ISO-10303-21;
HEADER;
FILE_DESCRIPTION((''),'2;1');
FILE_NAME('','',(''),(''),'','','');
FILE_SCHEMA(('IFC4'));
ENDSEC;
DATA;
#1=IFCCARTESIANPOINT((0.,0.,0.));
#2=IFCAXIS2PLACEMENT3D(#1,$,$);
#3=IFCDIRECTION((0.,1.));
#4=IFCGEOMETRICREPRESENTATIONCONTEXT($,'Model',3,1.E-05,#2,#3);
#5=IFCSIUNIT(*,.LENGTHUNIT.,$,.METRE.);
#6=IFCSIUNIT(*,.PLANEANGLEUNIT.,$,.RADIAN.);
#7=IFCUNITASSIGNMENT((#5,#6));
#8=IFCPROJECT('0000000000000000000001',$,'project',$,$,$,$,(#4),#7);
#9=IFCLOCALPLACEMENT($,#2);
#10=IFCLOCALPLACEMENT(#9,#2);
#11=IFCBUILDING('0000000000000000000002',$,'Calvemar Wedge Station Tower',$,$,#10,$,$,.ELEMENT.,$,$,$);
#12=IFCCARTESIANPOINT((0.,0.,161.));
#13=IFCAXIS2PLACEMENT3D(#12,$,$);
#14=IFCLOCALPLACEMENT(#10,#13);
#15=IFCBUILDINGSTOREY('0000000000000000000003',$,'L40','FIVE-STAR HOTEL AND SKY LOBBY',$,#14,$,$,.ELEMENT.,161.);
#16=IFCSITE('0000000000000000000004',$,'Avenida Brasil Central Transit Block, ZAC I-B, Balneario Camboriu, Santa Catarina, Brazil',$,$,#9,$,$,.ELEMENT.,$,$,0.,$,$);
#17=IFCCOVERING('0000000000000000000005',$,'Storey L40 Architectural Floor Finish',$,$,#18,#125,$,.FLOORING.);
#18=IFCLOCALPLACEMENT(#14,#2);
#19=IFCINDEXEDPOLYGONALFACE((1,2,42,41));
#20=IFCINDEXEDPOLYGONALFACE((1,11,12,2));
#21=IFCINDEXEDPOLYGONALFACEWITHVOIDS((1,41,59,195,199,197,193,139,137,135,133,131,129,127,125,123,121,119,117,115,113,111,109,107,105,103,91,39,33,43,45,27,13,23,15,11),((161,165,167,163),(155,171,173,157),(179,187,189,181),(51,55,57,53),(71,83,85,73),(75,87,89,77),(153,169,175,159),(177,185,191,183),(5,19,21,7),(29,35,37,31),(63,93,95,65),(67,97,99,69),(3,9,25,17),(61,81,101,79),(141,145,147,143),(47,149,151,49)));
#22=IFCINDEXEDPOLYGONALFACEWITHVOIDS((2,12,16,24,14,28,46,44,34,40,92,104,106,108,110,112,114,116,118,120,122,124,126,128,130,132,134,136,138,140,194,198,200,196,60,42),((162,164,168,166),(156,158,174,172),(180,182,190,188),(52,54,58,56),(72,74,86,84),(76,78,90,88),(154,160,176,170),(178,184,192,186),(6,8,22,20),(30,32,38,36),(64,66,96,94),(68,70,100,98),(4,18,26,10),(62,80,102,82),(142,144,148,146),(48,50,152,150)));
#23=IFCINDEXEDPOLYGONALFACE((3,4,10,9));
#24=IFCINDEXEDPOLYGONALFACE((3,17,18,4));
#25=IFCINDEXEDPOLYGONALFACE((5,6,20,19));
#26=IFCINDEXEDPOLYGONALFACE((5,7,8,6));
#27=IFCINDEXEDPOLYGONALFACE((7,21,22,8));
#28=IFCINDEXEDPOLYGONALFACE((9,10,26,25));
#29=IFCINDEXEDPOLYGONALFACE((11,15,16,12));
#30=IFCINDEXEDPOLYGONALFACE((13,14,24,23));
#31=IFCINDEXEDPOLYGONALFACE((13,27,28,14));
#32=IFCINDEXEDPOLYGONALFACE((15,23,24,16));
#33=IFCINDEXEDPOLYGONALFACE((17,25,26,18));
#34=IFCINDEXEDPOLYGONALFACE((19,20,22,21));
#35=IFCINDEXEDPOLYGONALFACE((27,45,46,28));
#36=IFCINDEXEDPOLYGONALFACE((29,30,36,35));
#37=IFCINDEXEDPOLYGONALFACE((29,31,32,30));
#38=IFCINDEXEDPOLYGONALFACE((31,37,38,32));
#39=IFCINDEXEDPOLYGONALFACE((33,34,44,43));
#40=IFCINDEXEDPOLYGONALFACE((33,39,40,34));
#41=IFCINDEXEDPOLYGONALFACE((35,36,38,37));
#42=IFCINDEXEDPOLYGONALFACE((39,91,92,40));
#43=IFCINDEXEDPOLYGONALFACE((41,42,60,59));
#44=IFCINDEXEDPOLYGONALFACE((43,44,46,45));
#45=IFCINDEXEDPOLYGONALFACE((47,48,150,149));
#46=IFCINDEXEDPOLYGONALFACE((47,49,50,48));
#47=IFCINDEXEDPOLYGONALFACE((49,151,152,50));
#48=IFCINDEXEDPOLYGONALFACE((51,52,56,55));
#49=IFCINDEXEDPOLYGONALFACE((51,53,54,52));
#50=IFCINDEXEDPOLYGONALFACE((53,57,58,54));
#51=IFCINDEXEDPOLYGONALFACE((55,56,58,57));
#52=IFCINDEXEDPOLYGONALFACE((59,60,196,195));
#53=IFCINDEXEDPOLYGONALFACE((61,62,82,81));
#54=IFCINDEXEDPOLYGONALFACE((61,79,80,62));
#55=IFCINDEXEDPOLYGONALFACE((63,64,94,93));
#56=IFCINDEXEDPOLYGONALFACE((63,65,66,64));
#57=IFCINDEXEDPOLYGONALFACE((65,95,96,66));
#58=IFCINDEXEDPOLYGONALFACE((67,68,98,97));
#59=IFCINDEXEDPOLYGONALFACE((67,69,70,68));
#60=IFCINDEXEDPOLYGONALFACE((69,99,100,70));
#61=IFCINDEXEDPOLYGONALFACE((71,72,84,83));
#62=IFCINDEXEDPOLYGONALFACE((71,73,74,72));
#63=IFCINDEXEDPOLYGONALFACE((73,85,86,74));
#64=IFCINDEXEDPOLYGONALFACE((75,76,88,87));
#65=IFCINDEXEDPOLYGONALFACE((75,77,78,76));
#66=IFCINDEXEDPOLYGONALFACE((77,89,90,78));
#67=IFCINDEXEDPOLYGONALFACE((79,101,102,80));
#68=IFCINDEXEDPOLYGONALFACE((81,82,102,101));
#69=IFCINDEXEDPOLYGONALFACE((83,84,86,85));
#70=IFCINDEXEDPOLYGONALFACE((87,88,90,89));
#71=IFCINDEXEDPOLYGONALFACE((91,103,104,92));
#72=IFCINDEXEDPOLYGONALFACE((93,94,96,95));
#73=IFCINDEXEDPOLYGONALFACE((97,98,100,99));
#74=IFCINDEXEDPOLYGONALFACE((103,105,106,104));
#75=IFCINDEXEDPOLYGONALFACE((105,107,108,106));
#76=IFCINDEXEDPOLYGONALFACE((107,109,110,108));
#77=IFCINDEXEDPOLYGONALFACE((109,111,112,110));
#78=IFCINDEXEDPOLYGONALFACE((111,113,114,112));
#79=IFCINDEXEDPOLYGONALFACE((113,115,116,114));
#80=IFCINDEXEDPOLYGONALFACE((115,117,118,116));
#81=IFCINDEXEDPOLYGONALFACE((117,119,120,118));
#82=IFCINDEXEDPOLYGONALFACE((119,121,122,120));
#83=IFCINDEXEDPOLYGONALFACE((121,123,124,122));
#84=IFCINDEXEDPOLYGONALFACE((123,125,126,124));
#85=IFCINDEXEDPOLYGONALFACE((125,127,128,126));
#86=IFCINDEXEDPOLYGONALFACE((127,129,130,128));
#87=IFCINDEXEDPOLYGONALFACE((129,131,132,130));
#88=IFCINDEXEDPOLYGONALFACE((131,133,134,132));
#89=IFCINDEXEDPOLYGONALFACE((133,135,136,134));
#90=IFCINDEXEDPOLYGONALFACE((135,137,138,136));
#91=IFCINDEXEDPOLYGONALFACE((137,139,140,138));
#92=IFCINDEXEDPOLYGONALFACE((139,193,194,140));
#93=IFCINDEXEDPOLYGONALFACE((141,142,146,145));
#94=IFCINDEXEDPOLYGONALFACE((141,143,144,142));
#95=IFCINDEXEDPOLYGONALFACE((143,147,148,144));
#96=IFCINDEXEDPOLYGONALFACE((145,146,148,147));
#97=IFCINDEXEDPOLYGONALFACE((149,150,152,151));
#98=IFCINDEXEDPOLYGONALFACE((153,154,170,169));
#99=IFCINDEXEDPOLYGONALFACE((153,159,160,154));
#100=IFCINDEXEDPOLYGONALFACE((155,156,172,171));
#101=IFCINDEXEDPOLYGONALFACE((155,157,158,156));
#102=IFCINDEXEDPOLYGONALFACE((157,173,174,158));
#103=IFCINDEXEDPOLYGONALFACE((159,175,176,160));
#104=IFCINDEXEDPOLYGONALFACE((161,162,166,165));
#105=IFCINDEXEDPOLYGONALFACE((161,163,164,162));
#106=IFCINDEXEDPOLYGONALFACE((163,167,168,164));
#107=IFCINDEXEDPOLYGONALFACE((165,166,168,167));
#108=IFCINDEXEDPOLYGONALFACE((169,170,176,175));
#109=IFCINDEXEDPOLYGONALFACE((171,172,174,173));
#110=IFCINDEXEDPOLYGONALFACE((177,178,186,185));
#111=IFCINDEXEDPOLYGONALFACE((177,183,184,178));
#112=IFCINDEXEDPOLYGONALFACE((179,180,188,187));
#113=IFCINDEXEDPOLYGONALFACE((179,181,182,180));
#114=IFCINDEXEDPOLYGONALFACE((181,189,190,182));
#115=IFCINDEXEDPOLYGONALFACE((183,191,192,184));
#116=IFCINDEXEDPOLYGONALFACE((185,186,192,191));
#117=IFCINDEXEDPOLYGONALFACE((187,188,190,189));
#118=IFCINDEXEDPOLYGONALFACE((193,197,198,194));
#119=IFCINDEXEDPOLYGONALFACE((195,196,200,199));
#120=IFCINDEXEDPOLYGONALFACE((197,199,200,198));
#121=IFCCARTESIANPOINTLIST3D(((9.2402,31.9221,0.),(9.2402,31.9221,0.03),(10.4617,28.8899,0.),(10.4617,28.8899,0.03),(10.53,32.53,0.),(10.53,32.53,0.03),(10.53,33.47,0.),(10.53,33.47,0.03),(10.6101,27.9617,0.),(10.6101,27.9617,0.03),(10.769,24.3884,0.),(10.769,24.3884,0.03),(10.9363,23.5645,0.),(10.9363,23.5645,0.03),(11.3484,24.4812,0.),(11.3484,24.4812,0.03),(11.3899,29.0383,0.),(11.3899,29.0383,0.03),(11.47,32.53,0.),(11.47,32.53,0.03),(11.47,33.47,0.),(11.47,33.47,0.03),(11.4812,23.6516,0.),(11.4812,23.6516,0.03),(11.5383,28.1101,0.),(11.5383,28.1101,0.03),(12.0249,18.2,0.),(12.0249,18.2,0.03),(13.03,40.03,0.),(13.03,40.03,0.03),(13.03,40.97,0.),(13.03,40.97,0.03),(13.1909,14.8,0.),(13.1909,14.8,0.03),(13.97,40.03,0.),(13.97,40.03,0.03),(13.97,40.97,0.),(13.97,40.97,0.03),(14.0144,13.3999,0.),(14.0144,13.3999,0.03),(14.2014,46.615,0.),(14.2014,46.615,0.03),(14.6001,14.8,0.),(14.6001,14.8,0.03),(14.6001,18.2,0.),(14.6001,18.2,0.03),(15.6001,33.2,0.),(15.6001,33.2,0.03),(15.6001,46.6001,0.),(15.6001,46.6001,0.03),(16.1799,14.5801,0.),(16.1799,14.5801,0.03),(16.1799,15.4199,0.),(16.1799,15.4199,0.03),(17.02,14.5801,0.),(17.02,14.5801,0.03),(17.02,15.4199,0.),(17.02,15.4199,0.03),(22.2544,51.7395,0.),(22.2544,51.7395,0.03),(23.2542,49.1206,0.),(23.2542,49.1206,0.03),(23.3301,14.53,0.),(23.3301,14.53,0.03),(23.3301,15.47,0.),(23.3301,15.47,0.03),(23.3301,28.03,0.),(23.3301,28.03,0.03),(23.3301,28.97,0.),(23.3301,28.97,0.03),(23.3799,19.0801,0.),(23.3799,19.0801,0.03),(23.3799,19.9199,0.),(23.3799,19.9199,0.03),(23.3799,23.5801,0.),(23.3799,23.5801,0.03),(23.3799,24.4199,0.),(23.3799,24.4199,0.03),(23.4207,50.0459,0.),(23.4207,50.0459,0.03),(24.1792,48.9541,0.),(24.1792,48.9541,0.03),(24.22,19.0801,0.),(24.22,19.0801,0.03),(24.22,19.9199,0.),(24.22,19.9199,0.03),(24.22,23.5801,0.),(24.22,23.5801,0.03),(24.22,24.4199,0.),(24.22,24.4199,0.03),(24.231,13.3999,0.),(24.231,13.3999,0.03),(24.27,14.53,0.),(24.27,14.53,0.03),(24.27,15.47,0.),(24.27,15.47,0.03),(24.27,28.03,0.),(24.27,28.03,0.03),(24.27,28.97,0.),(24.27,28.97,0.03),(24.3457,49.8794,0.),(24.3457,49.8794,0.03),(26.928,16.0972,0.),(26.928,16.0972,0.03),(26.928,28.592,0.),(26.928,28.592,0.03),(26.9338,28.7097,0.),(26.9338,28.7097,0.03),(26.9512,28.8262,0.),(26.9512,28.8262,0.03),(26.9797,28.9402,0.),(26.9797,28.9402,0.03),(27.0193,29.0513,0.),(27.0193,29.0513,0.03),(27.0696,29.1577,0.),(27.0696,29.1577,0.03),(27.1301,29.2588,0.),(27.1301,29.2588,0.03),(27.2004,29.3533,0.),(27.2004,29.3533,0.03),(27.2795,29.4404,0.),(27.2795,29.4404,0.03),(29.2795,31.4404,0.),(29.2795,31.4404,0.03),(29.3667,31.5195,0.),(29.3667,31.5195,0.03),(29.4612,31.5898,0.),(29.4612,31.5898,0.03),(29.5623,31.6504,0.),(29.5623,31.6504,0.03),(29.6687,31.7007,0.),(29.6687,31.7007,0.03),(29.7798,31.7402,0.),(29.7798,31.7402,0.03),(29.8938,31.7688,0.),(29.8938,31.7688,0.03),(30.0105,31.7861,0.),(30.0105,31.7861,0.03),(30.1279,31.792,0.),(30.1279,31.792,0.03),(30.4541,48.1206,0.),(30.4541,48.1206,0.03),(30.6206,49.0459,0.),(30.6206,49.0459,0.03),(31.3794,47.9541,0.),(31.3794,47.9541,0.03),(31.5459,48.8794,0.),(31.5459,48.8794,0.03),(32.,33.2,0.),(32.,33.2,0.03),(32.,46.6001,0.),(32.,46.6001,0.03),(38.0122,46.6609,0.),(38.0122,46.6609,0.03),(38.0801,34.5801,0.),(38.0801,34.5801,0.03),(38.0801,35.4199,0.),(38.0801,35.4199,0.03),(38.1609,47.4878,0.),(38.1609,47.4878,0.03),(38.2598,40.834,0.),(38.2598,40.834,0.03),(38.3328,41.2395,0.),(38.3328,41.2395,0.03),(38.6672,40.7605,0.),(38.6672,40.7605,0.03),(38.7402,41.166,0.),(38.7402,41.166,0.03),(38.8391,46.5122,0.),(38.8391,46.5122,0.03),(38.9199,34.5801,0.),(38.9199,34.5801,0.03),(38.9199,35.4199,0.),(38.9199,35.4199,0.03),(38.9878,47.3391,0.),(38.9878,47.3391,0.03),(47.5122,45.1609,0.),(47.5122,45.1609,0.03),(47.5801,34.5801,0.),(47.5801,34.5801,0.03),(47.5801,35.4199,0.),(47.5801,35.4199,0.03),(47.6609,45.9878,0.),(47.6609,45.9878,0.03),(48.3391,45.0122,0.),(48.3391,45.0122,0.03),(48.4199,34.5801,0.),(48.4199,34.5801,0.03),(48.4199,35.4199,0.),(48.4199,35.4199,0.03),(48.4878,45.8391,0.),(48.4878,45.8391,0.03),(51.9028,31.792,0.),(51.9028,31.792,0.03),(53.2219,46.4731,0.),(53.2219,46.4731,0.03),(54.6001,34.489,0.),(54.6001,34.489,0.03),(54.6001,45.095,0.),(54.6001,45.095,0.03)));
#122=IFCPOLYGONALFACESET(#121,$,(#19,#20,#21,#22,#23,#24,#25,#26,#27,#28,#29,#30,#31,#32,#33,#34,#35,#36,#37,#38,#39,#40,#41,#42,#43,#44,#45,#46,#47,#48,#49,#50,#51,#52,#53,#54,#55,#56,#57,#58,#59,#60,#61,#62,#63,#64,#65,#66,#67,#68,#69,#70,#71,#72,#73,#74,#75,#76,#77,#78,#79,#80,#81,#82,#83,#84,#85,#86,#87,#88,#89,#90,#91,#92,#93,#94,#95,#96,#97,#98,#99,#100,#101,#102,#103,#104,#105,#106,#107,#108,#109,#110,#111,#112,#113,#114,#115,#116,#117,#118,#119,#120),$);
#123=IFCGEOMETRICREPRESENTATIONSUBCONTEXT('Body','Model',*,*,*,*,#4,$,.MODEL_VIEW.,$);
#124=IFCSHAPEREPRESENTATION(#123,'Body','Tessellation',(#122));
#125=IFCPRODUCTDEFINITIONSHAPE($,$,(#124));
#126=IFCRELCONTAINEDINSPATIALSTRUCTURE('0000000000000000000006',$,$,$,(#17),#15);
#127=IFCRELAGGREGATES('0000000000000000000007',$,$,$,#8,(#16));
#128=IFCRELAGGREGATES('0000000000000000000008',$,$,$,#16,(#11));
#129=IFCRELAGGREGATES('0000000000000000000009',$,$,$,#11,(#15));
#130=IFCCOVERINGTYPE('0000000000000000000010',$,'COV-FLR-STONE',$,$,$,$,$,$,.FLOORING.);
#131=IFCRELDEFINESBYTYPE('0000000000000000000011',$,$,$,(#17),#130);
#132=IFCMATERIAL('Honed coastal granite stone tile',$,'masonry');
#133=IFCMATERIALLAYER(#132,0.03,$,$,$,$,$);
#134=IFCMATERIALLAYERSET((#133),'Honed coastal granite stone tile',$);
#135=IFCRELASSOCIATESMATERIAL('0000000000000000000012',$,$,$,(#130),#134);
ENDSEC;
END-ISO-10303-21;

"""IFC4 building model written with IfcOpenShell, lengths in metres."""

from ifc_helpers import new_model, si_unit, direction, frame, origin, place, context, subcontext, project, spatial, polyline, outline, extrude, material, layer, layer_set, type_object, element, save


model = new_model("IFC4")

# Units and contexts
model_context = context("Model", 3, precision=1e-05, world=origin(), true_north=direction((0.0, 1.0)))
body_context = subcontext(model_context, "Body", "Model", "MODEL_VIEW")
ifc_project = project(units=[si_unit("LENGTHUNIT", "METRE"), si_unit("PLANEANGLEUNIT", "RADIAN")], contexts=[model_context])

# Site, building, storey
site_placement = place(None, origin())
site = spatial("IfcSite", under=ifc_project, at=site_placement, Name="Avenida Brasil Central Transit Block, ZAC I-B, Balneario Camboriu, Santa Catarina, Brazil", CompositionType="ELEMENT", RefElevation=0.0)
building_placement = place(site_placement, origin())
building = spatial("IfcBuilding", under=site, at=building_placement, Name="Calvemar Wedge Station Tower", CompositionType="ELEMENT")
storey_placement = place(building_placement, frame((0.0, 0.0, 161.0)))
storey = spatial("IfcBuildingStorey", under=building, at=storey_placement, Name="L40", Description="FIVE-STAR HOTEL AND SKY LOBBY", CompositionType="ELEMENT", Elevation=161.0)

# Covering
ifc_material_1 = material(Name="Honed coastal granite stone tile", Category="masonry")
ifc_layer_1 = layer(ifc_material_1, 0.03)
ifc_layer_set_1 = layer_set([ifc_layer_1], Name="Honed coastal granite stone tile")
covering_type_1 = type_object("IfcCoveringType", Name="COV-FLR-STONE", PredefinedType="FLOORING", material=ifc_layer_set_1)
covering_1_placement = place(storey_placement, origin())
element("IfcCovering", 1, at=covering_1_placement, inside=storey, type_object=covering_type_1, Name="Storey L40 Architectural Floor Finish", PredefinedType="FLOORING", context=body_context, shape_type="SweptSolid", body=[
    extrude(outline(polyline([(27.2795, 29.4404), (29.2795, 31.4404), (29.3667, 31.5195), (29.4612, 31.5898), (29.5623, 31.6504), (29.6687, 31.7007), (29.7798, 31.7402), (29.8938, 31.7688), (30.0105, 31.7861), (30.1279, 31.792), (51.9028, 31.792), (54.6001, 34.489), (54.6001, 45.095), (53.2219, 46.4731), (22.2544, 51.7395), (14.2014, 46.615), (9.2402, 31.9221), (10.769, 24.3884), (11.3484, 24.4812), (11.4812, 23.6516), (10.9363, 23.5645), (12.0249, 18.2), (14.6001, 18.2), (14.6001, 14.8), (13.1909, 14.8), (14.0144, 13.3999), (24.231, 13.3999), (26.928, 16.0972), (26.928, 28.592), (26.9338, 28.7097), (26.9512, 28.8262), (26.9797, 28.9402), (27.0193, 29.0513), (27.0696, 29.1577), (27.1301, 29.2588), (27.2004, 29.3533), (27.2795, 29.4404)]), holes=[polyline([(15.6001, 46.6001), (32.0, 46.6001), (32.0, 33.2), (15.6001, 33.2), (15.6001, 46.6001)]), polyline([(10.53, 32.53), (10.53, 33.47), (11.47, 33.47), (11.47, 32.53), (10.53, 32.53)]), polyline([(13.03, 40.97), (13.97, 40.97), (13.97, 40.03), (13.03, 40.03), (13.03, 40.97)]), polyline([(24.3457, 49.8794), (24.1792, 48.9541), (23.2542, 49.1206), (23.4207, 50.0459), (24.3457, 49.8794)]), polyline([(31.3794, 47.9541), (30.4541, 48.1206), (30.6206, 49.0459), (31.5459, 48.8794), (31.3794, 47.9541)]), polyline([(38.0122, 46.6609), (38.1609, 47.4878), (38.9878, 47.3391), (38.8391, 46.5122), (38.0122, 46.6609)]), polyline([(47.6609, 45.9878), (48.4878, 45.8391), (48.3391, 45.0122), (47.5122, 45.1609), (47.6609, 45.9878)]), polyline([(38.9199, 35.4199), (38.9199, 34.5801), (38.0801, 34.5801), (38.0801, 35.4199), (38.9199, 35.4199)]), polyline([(48.4199, 34.5801), (47.5801, 34.5801), (47.5801, 35.4199), (48.4199, 35.4199), (48.4199, 34.5801)]), polyline([(38.2598, 40.834), (38.3328, 41.2395), (38.7402, 41.166), (38.6672, 40.7605), (38.2598, 40.834)]), polyline([(11.3899, 29.0383), (11.5383, 28.1101), (10.6101, 27.9617), (10.4617, 28.8899), (11.3899, 29.0383)]), polyline([(24.27, 28.03), (23.3301, 28.03), (23.3301, 28.97), (24.27, 28.97), (24.27, 28.03)]), polyline([(23.3799, 23.5801), (23.3799, 24.4199), (24.22, 24.4199), (24.22, 23.5801), (23.3799, 23.5801)]), polyline([(23.3799, 19.9199), (24.22, 19.9199), (24.22, 19.0801), (23.3799, 19.0801), (23.3799, 19.9199)]), polyline([(24.27, 15.47), (24.27, 14.53), (23.3301, 14.53), (23.3301, 15.47), (24.27, 15.47)]), polyline([(17.02, 14.5801), (16.1799, 14.5801), (16.1799, 15.4199), (17.02, 15.4199), (17.02, 14.5801)])]), origin(), (0.0, 0.0, 1.0), 0.03),
])

save(model, "model.ifc")
